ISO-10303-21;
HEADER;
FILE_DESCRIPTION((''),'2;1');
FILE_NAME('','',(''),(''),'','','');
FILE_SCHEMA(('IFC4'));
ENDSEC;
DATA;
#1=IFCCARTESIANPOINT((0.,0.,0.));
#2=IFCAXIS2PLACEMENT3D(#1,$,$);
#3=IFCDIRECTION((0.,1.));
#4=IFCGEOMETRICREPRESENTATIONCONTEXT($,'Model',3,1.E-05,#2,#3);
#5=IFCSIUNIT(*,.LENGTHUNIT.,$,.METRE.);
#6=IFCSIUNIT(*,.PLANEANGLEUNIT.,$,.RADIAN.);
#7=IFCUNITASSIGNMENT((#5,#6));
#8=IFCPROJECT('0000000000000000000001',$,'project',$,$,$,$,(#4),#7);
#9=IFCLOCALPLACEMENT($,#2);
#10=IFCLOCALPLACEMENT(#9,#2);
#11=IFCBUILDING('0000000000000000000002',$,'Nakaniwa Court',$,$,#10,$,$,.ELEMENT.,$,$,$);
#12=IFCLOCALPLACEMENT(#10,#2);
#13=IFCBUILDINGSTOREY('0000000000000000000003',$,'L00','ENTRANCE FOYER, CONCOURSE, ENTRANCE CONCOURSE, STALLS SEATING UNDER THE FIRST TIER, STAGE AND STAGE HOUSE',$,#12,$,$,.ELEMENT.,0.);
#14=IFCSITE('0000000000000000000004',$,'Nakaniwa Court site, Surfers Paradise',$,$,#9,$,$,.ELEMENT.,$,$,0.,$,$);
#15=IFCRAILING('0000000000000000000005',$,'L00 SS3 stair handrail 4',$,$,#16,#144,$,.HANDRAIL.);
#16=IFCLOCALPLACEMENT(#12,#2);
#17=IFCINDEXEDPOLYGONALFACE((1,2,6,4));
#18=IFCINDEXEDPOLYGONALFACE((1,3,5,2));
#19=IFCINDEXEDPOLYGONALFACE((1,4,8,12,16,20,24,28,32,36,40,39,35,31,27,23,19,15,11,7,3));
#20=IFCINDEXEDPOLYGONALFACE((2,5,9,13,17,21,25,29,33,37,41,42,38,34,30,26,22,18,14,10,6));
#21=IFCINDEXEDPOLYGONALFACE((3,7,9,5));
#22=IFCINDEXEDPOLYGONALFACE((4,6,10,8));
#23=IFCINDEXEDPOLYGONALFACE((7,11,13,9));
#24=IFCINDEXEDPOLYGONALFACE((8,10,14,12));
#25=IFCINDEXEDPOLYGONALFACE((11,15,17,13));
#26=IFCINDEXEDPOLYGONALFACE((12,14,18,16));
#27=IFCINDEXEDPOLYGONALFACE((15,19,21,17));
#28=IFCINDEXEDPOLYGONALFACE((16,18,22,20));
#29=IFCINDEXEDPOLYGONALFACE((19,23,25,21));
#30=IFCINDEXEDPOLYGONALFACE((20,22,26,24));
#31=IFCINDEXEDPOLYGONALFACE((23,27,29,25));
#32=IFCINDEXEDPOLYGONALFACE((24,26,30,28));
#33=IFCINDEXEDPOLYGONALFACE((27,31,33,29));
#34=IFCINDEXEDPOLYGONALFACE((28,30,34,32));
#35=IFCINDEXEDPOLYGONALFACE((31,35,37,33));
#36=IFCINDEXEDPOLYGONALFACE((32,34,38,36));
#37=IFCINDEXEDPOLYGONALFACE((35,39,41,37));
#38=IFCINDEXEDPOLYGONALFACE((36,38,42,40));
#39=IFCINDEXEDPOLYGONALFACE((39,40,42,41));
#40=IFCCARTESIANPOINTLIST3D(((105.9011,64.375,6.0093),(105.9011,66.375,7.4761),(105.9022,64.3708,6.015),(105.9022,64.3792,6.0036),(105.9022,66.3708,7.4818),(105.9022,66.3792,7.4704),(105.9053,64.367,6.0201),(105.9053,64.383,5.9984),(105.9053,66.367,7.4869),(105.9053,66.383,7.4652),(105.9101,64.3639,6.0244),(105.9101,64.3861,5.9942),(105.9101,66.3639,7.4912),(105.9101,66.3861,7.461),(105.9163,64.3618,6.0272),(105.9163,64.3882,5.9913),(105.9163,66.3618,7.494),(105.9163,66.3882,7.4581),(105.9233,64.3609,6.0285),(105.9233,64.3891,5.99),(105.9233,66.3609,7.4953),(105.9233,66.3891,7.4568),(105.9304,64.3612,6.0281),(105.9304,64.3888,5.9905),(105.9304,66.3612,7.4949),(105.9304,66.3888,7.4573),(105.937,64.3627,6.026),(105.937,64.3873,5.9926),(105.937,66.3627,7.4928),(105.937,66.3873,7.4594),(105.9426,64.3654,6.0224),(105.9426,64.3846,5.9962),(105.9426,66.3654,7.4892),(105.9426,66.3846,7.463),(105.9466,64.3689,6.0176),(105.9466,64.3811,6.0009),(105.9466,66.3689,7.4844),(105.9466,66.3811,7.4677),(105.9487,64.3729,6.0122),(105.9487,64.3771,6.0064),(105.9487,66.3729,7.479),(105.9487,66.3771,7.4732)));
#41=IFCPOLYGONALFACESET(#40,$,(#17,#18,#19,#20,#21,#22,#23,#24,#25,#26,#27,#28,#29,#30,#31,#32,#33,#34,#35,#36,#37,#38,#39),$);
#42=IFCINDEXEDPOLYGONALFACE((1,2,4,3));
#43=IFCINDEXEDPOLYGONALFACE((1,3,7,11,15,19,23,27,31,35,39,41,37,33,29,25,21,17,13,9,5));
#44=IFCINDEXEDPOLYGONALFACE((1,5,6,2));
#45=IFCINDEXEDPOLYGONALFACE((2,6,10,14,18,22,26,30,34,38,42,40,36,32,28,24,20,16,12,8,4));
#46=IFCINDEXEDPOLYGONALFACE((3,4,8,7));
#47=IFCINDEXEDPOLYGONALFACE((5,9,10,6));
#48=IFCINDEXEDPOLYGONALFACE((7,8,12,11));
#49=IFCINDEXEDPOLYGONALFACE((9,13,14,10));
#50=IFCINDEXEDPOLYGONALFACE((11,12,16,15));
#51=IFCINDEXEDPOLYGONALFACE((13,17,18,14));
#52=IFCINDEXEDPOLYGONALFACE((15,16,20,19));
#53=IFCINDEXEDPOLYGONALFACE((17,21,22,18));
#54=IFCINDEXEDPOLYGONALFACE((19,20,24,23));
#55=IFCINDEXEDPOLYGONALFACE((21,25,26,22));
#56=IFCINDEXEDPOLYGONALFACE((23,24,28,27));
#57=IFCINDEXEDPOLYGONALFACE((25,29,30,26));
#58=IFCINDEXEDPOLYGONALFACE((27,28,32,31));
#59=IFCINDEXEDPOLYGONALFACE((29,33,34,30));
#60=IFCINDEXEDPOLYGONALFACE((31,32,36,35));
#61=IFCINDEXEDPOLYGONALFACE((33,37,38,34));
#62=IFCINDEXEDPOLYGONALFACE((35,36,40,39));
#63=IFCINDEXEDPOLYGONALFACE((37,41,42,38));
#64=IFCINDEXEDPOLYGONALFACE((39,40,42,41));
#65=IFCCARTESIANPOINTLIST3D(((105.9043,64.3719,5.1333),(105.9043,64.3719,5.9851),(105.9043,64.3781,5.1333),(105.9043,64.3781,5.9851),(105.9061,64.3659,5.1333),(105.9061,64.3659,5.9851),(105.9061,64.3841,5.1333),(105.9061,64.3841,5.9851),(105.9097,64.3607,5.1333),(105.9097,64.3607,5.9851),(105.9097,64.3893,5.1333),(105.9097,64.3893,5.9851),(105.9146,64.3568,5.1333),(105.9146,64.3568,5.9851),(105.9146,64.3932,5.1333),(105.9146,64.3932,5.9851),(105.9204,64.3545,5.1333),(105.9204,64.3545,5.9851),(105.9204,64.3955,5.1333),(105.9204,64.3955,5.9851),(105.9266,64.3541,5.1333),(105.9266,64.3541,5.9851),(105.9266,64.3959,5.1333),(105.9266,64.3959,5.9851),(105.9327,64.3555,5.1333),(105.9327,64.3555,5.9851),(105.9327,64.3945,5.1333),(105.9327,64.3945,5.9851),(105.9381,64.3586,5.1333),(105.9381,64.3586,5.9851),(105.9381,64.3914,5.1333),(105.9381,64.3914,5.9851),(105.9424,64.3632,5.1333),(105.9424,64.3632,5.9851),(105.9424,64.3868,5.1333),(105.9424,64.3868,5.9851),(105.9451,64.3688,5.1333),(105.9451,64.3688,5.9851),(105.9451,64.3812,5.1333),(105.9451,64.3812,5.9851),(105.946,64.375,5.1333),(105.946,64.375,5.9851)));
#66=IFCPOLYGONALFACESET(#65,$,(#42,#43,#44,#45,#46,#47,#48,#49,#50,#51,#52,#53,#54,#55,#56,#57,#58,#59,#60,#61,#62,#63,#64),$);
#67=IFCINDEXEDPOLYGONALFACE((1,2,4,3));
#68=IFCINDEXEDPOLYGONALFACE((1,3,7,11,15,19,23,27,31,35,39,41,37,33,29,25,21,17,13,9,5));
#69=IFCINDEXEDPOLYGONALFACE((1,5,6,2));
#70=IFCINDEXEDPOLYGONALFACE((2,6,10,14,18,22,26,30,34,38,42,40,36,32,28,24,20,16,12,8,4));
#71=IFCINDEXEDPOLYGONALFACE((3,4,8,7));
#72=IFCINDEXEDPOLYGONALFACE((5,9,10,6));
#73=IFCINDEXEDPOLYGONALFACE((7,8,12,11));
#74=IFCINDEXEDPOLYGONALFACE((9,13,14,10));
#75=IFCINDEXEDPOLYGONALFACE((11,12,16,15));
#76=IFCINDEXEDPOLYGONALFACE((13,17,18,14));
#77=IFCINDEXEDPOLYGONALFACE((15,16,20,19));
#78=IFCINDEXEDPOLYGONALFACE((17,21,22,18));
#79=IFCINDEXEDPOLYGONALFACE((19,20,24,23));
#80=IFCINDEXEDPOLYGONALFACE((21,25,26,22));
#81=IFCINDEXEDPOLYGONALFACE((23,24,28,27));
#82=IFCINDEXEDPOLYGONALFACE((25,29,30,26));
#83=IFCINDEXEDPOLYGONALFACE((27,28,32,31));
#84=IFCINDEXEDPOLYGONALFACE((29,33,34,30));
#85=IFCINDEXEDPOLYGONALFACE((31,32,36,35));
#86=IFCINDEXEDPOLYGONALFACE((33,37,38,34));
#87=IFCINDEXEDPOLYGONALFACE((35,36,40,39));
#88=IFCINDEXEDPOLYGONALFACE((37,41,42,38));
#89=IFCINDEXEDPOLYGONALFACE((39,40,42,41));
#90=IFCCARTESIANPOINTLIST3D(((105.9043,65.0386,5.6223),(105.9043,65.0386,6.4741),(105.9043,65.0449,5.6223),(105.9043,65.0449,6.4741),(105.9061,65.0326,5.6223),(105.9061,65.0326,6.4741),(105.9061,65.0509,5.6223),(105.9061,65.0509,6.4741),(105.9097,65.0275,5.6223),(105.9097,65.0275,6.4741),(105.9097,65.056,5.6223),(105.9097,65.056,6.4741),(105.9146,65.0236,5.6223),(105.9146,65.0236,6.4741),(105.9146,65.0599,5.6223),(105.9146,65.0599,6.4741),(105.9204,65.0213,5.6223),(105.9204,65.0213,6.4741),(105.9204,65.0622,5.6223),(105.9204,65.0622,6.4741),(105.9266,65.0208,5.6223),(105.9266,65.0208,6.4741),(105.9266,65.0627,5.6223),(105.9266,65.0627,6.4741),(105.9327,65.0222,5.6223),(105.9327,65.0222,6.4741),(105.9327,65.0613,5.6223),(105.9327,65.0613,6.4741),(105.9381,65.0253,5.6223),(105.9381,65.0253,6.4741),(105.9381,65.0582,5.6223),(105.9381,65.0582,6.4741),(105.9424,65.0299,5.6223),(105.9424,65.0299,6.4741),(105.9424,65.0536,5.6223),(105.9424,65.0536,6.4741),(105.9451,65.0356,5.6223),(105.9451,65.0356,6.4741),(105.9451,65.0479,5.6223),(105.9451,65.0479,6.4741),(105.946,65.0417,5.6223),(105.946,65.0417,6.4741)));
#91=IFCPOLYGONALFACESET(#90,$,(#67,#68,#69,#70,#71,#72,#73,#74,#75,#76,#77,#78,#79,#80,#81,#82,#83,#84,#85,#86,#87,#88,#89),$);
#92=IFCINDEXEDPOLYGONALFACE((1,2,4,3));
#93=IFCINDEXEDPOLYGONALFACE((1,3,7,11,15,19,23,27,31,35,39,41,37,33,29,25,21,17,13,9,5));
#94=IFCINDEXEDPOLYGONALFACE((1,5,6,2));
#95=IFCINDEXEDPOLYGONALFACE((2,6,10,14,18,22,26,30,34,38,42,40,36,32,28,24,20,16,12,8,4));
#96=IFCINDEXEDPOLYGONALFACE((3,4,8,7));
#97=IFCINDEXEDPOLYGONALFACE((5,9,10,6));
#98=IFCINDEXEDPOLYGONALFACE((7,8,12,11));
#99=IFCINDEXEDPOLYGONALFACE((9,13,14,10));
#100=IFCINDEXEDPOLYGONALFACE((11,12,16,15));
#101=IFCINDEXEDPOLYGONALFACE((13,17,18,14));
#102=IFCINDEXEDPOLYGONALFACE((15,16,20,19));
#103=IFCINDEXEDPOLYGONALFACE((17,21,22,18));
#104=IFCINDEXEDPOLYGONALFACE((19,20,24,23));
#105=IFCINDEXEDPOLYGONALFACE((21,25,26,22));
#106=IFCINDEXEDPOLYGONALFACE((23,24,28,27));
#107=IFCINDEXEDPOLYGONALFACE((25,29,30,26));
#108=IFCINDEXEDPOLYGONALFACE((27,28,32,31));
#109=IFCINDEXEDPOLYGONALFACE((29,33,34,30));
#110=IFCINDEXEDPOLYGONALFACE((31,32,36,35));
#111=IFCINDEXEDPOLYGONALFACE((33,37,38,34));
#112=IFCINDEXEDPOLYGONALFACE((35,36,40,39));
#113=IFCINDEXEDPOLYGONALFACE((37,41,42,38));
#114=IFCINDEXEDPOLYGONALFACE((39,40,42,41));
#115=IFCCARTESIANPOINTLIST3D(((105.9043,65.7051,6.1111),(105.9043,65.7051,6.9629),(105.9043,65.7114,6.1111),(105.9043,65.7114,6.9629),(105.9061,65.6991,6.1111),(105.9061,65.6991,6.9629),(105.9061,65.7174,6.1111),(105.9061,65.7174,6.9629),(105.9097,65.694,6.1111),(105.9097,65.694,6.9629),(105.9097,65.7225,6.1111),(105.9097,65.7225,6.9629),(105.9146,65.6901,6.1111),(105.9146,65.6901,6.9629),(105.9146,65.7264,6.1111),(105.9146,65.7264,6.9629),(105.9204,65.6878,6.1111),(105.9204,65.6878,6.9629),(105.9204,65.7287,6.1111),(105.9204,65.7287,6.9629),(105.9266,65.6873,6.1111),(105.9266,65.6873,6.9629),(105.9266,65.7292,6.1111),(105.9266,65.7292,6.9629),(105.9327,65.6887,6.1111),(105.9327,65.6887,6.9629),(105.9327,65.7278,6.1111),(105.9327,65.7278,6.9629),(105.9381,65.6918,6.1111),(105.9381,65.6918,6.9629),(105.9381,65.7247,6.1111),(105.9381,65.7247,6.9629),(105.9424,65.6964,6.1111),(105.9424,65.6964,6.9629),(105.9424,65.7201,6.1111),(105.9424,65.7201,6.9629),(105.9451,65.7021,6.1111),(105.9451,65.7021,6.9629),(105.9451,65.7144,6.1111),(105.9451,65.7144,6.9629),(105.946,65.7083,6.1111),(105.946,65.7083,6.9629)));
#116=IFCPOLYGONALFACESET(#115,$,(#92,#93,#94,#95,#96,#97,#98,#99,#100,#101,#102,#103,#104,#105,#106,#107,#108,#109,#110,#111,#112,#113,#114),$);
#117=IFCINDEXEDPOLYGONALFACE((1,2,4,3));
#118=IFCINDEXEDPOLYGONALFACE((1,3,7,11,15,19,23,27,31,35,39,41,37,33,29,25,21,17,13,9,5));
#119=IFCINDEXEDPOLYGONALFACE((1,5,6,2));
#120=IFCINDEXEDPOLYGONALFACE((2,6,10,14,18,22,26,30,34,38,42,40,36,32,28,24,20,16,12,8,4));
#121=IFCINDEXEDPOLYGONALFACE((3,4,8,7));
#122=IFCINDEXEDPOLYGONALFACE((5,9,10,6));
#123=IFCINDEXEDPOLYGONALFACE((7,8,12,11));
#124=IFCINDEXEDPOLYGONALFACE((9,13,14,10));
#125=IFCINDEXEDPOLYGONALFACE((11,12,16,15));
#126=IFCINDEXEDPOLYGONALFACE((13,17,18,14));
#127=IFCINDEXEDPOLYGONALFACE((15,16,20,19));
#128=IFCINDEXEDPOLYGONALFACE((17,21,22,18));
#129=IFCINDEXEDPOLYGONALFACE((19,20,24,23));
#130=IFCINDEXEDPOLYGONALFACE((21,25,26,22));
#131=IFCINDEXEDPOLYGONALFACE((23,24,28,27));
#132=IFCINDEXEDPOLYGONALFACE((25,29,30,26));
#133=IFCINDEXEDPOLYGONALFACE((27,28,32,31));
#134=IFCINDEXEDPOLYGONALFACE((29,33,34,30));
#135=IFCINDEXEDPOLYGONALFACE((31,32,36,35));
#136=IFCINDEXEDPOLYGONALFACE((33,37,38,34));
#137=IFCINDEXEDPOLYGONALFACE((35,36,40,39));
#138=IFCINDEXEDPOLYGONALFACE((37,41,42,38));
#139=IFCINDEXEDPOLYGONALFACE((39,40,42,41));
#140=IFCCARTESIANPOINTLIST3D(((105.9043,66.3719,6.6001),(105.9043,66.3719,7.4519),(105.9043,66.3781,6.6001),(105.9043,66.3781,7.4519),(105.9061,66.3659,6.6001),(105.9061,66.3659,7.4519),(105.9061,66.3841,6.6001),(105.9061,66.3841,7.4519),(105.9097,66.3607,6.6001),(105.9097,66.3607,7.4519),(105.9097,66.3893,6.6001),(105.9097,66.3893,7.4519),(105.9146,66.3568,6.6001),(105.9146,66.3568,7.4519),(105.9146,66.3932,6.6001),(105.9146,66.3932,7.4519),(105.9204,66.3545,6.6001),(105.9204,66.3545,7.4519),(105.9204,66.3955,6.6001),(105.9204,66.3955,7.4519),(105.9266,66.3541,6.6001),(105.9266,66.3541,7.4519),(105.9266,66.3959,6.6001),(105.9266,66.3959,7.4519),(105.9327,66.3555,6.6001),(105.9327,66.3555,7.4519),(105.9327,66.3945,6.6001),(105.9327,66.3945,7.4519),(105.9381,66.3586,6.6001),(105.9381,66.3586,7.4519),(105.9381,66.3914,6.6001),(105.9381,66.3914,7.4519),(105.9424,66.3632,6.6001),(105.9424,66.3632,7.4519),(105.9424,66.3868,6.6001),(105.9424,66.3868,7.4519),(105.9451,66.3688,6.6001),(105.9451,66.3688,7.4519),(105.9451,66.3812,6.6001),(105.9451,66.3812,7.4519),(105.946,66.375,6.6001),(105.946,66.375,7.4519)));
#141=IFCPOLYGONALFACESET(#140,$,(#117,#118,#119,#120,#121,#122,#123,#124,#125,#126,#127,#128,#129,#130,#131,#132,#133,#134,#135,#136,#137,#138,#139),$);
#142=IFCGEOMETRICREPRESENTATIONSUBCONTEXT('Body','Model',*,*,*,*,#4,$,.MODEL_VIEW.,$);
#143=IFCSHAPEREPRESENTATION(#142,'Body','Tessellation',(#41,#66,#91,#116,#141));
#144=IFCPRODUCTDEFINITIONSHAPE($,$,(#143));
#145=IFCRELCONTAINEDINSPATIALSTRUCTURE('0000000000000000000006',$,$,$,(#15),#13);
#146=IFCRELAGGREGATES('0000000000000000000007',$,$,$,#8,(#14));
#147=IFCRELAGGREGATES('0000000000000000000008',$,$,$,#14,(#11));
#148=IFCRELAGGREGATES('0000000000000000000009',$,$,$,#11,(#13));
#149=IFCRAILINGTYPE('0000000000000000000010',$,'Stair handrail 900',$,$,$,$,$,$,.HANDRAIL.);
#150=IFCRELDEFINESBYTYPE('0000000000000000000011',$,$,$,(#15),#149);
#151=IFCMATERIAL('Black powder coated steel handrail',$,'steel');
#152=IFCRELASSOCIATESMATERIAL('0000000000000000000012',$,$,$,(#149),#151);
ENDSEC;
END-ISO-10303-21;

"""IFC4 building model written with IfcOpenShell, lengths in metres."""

from ifc_helpers import new_model, si_unit, direction, frame, origin, origin_2d, place, context, subcontext, project, spatial, circle, extrude, material, type_object, element, save


model = new_model("IFC4")

# Units and contexts
model_context = context("Model", 3, precision=1e-05, world=origin(), true_north=direction((0.0, 1.0)))
body_context = subcontext(model_context, "Body", "Model", "MODEL_VIEW")
ifc_project = project(units=[si_unit("LENGTHUNIT", "METRE"), si_unit("PLANEANGLEUNIT", "RADIAN")], contexts=[model_context])

# Site, building, storey
site_placement = place(None, origin())
site = spatial("IfcSite", under=ifc_project, at=site_placement, Name="Nakaniwa Court site, Surfers Paradise", CompositionType="ELEMENT", RefElevation=0.0)
building_placement = place(site_placement, origin())
building = spatial("IfcBuilding", under=site, at=building_placement, Name="Nakaniwa Court", CompositionType="ELEMENT")
storey_placement = place(building_placement, origin())
storey = spatial("IfcBuildingStorey", under=building, at=storey_placement, Name="L00", Description="ENTRANCE FOYER, CONCOURSE, ENTRANCE CONCOURSE, STALLS SEATING UNDER THE FIRST TIER, STAGE AND STAGE HOUSE", CompositionType="ELEMENT", Elevation=0.0)

# Railing
ifc_material_1 = material(Name="Black powder coated steel handrail", Category="steel")
railing_type_1 = type_object("IfcRailingType", Name="Stair handrail 900", PredefinedType="HANDRAIL", material=ifc_material_1)
for number, where, name in (
    (1, (105.925, 64.375, 5.1333), "L00 SS3 stair handrail 4"),
):
    element("IfcRailing", number, at=place(storey_placement, frame(where)), inside=storey, type_object=railing_type_1, Name=name, PredefinedType="HANDRAIL", context=body_context, shape_type="SweptSolid", body=[
        extrude(circle(Radius=0.0239, at=origin_2d()), frame((0.0, 0.0, 0.876), z_axis=(0.0, 0.80638, 0.591398), x_axis=(-1.0, 0.0, 0.0)), (0.0, 0.0, 1.0), 2.4802),
        extrude(circle(Radius=0.021, at=origin_2d()), origin(), (0.0, 0.0, 1.0), 0.8518),
        extrude(circle(Radius=0.021, at=origin_2d()), frame((0.0, 0.6667, 0.489)), (0.0, 0.0, 1.0), 0.8518),
        extrude(circle(Radius=0.021, at=origin_2d()), frame((0.0, 1.3333, 0.9778)), (0.0, 0.0, 1.0), 0.8518),
        extrude(circle(Radius=0.021, at=origin_2d()), frame((0.0, 2.0, 1.4668)), (0.0, 0.0, 1.0), 0.8518),
    ])

save(model, "model.ifc")
